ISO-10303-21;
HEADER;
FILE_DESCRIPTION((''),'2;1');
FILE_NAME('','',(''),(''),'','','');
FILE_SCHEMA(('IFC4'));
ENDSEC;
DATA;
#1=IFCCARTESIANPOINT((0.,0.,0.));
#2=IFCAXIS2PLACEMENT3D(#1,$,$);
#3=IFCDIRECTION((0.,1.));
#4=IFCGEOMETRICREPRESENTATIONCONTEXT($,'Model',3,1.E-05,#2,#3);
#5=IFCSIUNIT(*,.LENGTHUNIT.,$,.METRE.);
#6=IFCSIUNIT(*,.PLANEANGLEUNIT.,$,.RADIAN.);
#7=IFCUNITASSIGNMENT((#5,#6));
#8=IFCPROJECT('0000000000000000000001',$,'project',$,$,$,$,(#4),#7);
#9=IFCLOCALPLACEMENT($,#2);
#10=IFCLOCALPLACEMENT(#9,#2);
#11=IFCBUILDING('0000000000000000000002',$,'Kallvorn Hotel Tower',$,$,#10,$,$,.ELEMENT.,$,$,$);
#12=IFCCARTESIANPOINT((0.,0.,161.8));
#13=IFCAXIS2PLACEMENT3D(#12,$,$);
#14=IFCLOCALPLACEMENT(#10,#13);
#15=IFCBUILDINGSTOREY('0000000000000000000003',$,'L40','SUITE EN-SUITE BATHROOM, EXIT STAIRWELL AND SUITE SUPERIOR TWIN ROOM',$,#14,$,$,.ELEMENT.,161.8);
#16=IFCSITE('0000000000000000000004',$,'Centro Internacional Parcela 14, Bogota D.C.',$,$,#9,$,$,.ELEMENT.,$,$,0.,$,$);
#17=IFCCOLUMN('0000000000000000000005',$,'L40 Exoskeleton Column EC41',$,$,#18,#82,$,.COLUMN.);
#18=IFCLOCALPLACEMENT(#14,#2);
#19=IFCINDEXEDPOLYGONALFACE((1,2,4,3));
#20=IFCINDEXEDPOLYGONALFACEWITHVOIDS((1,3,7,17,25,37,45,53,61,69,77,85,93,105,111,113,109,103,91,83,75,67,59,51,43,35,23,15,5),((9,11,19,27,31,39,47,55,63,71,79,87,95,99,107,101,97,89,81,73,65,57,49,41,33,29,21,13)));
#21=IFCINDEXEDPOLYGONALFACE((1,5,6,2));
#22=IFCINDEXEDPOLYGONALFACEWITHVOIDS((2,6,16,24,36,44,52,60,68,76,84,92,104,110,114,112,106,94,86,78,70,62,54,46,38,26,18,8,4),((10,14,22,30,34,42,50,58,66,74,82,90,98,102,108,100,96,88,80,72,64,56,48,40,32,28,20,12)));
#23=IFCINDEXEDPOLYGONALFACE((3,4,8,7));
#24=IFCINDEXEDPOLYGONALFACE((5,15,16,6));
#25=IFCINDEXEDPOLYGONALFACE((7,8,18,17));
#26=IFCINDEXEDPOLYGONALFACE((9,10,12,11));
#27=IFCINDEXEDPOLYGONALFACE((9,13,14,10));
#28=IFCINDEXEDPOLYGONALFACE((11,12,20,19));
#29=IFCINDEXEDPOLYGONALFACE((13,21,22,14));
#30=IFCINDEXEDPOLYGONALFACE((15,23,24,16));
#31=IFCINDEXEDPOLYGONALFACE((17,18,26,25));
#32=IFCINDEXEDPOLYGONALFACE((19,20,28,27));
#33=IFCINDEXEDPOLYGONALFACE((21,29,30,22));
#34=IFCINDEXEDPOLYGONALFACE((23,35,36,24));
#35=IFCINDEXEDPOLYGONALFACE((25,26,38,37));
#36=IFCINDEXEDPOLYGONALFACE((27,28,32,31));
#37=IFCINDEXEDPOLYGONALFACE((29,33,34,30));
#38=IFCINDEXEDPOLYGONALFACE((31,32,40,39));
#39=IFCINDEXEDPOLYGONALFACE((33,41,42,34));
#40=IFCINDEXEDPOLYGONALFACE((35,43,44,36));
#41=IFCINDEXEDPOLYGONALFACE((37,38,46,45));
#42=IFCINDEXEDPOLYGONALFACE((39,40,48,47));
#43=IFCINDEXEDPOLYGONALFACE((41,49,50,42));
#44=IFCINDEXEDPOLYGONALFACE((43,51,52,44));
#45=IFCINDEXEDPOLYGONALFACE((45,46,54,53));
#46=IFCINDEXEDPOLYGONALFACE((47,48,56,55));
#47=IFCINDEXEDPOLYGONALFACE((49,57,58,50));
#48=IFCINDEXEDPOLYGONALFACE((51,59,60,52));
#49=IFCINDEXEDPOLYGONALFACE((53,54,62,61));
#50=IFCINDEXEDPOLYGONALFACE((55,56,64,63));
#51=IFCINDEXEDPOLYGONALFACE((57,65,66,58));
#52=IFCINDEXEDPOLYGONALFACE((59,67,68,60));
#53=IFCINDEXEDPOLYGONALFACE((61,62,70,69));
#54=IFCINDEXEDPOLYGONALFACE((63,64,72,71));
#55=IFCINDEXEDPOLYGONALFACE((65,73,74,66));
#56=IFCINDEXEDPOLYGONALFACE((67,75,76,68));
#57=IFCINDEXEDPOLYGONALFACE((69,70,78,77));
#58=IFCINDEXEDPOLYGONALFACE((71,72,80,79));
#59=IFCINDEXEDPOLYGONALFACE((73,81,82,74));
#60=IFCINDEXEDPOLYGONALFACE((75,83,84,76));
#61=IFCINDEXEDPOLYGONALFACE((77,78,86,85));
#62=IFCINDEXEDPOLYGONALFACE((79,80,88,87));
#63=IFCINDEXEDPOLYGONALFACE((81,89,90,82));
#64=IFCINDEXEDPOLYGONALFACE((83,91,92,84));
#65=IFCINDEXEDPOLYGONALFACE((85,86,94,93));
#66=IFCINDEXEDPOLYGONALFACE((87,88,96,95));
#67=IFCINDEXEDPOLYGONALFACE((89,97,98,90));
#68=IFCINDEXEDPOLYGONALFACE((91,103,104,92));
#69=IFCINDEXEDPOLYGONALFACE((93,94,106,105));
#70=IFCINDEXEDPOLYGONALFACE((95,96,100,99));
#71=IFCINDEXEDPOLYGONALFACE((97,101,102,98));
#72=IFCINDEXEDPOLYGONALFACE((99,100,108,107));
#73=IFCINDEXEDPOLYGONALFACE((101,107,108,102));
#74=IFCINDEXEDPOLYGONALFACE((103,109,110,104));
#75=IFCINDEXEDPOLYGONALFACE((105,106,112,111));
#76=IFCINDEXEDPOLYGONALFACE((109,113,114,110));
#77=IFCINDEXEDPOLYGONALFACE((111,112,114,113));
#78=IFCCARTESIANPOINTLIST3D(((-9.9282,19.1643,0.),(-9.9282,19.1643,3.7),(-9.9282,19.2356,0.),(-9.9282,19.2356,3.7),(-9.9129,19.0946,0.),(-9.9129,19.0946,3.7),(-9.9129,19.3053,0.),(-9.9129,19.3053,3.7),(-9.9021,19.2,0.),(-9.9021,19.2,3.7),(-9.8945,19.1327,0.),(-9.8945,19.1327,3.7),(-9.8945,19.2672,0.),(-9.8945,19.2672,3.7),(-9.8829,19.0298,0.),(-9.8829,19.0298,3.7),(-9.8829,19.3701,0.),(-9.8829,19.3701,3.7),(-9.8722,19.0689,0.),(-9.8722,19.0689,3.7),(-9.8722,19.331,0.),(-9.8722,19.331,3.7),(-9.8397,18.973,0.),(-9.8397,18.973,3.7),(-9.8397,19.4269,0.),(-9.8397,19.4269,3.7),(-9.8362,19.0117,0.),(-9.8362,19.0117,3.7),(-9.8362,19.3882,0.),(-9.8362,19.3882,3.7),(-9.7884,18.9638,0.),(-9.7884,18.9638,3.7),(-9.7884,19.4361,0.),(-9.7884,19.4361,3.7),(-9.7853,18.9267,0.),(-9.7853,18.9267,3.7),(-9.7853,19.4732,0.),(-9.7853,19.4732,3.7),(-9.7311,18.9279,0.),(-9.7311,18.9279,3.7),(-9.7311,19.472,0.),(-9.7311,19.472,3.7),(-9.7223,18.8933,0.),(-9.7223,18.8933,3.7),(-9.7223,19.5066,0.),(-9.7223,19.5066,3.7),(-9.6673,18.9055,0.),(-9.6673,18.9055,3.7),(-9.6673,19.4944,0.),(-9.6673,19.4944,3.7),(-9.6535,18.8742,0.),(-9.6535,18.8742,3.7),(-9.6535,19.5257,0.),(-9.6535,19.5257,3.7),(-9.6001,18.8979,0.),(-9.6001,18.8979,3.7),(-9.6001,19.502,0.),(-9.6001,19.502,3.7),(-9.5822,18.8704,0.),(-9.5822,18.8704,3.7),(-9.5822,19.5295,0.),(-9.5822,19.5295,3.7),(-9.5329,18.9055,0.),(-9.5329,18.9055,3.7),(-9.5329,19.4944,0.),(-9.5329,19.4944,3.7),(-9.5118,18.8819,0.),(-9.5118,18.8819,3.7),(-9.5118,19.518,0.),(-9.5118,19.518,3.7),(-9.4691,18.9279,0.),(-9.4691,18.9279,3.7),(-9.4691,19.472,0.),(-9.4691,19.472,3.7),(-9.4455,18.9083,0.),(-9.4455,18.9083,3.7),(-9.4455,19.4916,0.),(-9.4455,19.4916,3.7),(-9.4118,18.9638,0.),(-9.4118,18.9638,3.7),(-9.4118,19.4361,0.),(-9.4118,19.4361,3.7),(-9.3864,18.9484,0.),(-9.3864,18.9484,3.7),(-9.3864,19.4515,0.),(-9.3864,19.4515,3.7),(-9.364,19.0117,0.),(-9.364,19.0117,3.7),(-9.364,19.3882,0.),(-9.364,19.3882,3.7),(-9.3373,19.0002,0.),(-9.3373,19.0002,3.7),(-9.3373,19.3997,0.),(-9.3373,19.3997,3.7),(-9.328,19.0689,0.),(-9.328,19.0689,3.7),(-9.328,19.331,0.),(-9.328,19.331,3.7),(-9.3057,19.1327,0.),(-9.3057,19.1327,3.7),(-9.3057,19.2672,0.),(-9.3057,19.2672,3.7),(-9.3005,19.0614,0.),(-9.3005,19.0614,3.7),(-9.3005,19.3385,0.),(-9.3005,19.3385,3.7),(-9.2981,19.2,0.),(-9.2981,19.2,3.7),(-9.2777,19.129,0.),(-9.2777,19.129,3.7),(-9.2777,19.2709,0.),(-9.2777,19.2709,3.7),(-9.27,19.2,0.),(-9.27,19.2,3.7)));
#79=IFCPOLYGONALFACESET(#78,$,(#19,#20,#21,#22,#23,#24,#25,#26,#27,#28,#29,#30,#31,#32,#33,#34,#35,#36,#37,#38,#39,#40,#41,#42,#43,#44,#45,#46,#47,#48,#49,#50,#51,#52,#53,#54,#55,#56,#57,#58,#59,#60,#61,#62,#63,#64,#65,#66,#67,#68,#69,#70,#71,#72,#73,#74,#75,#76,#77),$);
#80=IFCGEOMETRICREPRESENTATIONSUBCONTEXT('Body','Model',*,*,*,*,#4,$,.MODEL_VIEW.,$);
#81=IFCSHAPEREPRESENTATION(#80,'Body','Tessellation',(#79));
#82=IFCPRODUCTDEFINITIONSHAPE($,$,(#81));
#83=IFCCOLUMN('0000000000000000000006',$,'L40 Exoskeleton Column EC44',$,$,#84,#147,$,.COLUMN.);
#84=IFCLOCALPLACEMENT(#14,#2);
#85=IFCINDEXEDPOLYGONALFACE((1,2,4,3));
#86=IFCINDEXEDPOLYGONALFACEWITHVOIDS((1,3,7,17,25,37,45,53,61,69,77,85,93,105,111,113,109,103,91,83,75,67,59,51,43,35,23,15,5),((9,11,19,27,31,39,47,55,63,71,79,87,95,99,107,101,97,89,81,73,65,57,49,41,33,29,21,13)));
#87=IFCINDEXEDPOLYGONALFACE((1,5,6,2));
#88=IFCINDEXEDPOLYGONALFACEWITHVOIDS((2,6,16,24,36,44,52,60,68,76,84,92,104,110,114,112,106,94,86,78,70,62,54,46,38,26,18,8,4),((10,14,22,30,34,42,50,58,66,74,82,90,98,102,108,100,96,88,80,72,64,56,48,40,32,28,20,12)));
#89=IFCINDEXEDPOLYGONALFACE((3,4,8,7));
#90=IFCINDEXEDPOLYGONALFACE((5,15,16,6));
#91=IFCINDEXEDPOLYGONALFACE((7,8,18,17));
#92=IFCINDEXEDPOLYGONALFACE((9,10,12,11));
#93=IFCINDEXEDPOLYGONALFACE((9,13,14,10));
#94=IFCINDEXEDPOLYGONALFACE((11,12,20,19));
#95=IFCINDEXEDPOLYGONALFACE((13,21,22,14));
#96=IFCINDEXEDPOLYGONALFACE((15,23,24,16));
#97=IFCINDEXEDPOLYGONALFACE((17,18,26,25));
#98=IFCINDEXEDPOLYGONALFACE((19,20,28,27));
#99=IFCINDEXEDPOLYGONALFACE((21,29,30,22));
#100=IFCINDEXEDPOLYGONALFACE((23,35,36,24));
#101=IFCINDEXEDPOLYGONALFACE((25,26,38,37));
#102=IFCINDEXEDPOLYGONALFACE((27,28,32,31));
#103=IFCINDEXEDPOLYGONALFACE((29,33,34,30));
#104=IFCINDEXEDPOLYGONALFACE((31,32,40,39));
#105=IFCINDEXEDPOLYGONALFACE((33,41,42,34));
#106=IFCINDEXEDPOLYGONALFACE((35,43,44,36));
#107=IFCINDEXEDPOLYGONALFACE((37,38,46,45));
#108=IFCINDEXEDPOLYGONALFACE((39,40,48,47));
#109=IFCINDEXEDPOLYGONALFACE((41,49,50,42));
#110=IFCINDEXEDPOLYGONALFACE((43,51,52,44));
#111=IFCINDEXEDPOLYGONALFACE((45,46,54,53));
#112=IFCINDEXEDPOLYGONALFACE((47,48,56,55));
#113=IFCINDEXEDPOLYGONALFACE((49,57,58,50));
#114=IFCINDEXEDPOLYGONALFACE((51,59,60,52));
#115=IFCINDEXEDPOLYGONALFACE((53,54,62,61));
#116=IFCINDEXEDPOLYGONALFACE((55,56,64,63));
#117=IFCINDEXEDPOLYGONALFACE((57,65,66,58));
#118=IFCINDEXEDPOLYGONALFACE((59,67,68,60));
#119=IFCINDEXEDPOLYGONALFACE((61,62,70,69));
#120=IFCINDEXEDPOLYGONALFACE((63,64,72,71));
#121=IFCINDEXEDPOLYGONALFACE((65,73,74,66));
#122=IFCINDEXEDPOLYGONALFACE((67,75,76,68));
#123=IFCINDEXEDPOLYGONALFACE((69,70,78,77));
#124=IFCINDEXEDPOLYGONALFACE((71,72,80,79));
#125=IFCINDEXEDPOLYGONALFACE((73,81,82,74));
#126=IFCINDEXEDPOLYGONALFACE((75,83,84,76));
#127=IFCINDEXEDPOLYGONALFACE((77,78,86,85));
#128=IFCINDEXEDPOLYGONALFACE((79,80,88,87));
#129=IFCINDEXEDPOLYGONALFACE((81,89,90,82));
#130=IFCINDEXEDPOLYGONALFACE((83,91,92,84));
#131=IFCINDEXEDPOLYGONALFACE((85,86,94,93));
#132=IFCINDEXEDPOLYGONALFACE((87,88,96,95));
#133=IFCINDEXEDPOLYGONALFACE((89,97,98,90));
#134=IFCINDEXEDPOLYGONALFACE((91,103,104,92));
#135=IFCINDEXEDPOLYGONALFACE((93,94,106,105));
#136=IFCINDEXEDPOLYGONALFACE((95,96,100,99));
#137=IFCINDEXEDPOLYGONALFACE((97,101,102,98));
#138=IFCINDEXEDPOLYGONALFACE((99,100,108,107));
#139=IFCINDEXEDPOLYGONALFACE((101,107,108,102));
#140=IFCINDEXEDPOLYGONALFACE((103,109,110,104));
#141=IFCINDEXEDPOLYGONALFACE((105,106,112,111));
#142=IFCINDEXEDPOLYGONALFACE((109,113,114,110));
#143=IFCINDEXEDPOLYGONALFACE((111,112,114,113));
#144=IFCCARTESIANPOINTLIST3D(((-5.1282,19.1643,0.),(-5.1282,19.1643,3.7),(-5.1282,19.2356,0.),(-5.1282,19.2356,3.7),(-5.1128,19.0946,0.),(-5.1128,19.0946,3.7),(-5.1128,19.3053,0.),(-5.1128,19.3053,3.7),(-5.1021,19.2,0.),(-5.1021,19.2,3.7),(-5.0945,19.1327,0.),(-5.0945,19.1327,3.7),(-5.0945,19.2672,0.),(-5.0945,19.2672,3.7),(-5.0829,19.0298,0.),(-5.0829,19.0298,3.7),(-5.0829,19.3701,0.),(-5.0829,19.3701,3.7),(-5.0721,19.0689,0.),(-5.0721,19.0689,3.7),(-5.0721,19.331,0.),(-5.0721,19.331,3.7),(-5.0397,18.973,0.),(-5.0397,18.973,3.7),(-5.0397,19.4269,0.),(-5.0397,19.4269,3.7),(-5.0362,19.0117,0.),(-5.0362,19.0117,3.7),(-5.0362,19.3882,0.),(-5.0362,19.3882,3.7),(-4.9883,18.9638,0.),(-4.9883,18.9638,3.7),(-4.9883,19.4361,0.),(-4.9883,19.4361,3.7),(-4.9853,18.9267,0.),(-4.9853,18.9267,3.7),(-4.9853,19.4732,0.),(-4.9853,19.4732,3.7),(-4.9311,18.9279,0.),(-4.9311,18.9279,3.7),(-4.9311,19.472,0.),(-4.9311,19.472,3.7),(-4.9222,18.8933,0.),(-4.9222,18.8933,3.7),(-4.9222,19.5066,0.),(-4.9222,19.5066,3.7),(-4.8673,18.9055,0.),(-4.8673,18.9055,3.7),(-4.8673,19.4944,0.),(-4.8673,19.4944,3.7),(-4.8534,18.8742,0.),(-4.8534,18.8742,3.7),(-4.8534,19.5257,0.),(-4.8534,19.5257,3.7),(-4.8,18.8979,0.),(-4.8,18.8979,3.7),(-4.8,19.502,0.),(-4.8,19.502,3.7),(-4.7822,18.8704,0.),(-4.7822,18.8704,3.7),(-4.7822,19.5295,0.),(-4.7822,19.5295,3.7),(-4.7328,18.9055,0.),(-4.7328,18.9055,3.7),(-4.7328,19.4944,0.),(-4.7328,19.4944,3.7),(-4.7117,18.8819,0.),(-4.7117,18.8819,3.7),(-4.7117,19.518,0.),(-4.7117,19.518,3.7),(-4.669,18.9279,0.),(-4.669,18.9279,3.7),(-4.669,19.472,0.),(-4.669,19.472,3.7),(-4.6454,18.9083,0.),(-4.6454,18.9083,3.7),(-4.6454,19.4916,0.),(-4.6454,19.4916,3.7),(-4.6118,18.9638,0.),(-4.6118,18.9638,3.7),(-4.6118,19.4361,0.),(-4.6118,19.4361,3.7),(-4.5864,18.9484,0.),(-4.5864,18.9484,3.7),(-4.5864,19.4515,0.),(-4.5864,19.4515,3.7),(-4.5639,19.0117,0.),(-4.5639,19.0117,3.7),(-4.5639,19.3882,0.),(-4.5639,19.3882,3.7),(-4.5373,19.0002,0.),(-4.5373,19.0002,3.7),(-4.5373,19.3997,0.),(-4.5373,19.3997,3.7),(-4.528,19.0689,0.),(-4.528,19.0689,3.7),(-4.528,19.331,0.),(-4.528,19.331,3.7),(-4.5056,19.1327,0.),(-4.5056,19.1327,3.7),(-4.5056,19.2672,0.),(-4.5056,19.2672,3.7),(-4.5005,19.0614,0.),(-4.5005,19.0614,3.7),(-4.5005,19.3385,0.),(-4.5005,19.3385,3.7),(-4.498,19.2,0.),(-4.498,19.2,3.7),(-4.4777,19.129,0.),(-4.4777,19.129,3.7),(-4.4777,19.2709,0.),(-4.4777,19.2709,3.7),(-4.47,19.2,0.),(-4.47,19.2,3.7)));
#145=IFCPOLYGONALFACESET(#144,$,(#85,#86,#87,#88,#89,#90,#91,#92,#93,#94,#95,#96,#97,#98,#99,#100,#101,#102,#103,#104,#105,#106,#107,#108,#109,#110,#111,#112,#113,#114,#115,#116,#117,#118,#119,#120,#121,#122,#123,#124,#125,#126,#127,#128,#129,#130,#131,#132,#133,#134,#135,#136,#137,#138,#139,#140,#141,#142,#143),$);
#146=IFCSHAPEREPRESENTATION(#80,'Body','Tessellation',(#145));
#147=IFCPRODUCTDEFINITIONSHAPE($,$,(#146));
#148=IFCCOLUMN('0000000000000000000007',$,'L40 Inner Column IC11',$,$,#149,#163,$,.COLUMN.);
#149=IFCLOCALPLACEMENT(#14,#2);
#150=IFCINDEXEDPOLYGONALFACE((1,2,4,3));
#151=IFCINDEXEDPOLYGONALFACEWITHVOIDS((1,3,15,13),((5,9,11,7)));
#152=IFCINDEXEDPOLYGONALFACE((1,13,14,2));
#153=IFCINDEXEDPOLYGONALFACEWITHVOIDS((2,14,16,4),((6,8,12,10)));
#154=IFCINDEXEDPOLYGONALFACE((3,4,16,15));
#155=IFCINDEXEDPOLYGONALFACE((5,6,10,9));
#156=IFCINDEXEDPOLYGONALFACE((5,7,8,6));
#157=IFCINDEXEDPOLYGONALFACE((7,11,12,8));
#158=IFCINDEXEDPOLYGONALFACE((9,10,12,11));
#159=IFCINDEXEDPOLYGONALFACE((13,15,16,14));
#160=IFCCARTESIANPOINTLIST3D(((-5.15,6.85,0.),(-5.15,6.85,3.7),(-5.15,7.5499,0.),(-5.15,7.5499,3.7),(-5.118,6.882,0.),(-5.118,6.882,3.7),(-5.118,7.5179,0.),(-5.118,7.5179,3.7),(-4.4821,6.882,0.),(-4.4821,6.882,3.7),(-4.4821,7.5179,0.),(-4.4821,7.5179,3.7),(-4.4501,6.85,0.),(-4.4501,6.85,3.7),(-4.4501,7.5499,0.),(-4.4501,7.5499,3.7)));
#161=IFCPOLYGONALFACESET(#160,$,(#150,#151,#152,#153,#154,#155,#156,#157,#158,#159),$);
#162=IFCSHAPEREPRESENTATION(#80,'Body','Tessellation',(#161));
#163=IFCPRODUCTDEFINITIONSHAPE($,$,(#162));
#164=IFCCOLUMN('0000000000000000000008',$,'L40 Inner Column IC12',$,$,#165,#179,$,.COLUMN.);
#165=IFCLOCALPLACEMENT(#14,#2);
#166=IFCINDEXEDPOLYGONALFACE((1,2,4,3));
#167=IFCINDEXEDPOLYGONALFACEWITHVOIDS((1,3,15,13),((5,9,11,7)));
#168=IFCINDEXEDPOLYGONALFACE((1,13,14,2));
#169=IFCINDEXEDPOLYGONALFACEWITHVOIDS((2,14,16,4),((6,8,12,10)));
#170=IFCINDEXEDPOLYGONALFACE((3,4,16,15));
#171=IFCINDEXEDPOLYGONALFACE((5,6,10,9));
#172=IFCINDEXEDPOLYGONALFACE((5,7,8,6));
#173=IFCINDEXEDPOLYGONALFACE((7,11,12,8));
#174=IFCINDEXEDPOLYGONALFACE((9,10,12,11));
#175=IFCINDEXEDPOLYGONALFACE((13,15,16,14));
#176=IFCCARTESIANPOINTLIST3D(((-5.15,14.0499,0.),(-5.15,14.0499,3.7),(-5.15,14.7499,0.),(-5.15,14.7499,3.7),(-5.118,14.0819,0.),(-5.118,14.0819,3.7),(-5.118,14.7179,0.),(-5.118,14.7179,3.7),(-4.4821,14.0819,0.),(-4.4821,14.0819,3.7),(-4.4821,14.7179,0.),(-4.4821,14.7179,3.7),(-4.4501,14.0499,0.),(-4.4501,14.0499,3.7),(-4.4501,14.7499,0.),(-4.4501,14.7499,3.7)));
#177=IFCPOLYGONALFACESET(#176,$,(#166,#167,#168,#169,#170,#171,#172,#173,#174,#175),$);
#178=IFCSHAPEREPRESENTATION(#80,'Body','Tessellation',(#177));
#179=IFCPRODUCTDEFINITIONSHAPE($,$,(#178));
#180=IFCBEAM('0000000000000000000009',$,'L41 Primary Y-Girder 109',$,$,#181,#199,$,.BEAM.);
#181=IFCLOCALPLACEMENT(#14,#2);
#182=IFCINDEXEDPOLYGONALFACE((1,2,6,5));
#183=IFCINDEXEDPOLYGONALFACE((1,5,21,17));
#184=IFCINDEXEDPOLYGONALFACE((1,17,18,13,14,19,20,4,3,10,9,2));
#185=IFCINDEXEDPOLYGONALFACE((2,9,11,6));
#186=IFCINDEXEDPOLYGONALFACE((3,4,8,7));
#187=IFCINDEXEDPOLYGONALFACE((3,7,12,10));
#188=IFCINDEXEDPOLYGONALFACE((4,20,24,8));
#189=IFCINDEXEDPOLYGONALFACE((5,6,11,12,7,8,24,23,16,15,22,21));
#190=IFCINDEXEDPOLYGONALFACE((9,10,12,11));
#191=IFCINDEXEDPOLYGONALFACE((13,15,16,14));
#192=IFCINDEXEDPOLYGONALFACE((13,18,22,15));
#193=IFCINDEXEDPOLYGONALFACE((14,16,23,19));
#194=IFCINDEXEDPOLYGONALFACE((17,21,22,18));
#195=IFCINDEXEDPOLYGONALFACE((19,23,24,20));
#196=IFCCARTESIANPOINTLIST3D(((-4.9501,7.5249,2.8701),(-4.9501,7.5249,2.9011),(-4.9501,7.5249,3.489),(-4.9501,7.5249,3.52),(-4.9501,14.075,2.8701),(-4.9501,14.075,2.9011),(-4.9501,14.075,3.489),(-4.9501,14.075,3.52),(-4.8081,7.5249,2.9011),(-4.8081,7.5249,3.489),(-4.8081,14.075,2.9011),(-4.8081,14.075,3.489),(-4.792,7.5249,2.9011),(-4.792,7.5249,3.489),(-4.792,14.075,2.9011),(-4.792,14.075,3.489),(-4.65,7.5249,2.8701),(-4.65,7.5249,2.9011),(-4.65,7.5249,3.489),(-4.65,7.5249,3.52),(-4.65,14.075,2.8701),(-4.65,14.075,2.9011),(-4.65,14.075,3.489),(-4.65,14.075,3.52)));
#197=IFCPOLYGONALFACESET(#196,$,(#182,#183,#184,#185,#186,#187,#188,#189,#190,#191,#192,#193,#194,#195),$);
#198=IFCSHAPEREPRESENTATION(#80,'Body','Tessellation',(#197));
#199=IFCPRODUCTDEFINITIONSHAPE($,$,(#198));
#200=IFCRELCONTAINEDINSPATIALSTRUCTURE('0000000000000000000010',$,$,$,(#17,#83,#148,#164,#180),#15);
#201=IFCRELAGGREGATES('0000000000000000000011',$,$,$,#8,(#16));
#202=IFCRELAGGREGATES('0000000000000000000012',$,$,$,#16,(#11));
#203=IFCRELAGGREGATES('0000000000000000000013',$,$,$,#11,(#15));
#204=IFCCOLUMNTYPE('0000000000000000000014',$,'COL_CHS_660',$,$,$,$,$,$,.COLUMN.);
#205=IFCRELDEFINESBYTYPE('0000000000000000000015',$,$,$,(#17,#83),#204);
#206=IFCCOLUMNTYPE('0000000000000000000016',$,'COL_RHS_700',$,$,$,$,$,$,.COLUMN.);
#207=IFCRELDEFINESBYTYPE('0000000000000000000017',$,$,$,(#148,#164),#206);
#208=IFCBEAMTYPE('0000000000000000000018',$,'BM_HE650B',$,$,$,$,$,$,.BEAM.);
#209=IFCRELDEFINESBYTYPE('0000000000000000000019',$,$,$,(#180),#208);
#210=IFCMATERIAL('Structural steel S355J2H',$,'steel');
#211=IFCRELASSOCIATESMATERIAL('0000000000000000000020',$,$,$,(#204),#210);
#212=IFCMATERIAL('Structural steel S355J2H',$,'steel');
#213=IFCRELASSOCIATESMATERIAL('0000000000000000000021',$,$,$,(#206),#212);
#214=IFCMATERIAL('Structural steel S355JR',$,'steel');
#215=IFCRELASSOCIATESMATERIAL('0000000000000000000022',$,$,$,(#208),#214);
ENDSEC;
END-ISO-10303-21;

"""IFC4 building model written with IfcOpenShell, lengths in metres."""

from ifc_helpers import new_model, si_unit, direction, frame, origin, origin_2d, place, context, subcontext, project, spatial, hollow_rectangle, hollow_circle, i_section, extrude, material, material_profile, profile_set, type_object, element, save


model = new_model("IFC4")

# Units and contexts
model_context = context("Model", 3, precision=1e-05, world=origin(), true_north=direction((0.0, 1.0)))
body_context = subcontext(model_context, "Body", "Model", "MODEL_VIEW")
ifc_project = project(units=[si_unit("LENGTHUNIT", "METRE"), si_unit("PLANEANGLEUNIT", "RADIAN")], contexts=[model_context])

# Site, building, storey
site_placement = place(None, origin())
site = spatial("IfcSite", under=ifc_project, at=site_placement, Name="Centro Internacional Parcela 14, Bogota D.C.", CompositionType="ELEMENT", RefElevation=0.0)
building_placement = place(site_placement, origin())
building = spatial("IfcBuilding", under=site, at=building_placement, Name="Kallvorn Hotel Tower", CompositionType="ELEMENT")
storey_placement = place(building_placement, frame((0.0, 0.0, 161.8)))
storey = spatial("IfcBuildingStorey", under=building, at=storey_placement, Name="L40", Description="SUITE EN-SUITE BATHROOM, EXIT STAIRWELL AND SUITE SUPERIOR TWIN ROOM", CompositionType="ELEMENT", Elevation=161.8)

# Columns
ifc_material_1 = material(Name="Structural steel S355J2H", Category="steel")
ifc_material_profile_1 = material_profile(ifc_material_1, hollow_circle(Radius=0.3301, WallThickness=0.0281, at=origin_2d()), Name="CHS 660x28")
ifc_profile_set_1 = profile_set([ifc_material_profile_1], Name="Structural steel S355J2H")
column_type_1 = type_object("IfcColumnType", Name="COL_CHS_660", PredefinedType="COLUMN", material=ifc_profile_set_1)
for number, where, z_axis, x_axis, name in (
    (1, (-9.6001, 19.2, 0.0), (0.0, 0.0, 1.0), (1.0, 0.0, 0.0), "L40 Exoskeleton Column EC41"),
    (2, (-4.8, 19.2, 0.0), (0.0, 0.0, 1.0), (1.0, 0.0, 0.0), "L40 Exoskeleton Column EC44"),
):
    element("IfcColumn", number, at=place(storey_placement, frame(where, z_axis=z_axis, x_axis=x_axis)), inside=storey, type_object=column_type_1, Name=name, PredefinedType="COLUMN", context=body_context, shape_type="SweptSolid", body=[
        extrude(hollow_circle(Radius=0.3301, WallThickness=0.0281, at=origin_2d()), origin(), (0.0, 0.0, 1.0), 3.7),
    ])
ifc_material_2 = material(Name="Structural steel S355J2H", Category="steel")
ifc_material_profile_2 = material_profile(ifc_material_2, hollow_rectangle(XDim=0.7, YDim=0.7, WallThickness=0.032, at=origin_2d()), Name="RHS 700x700x32")
ifc_profile_set_2 = profile_set([ifc_material_profile_2], Name="Structural steel S355J2H")
column_type_2 = type_object("IfcColumnType", Name="COL_RHS_700", PredefinedType="COLUMN", material=ifc_profile_set_2)
for number, where, z_axis, x_axis, name in (
    (3, (-4.8, 7.2, 0.0), (0.0, 0.0, 1.0), (1.0, 0.0, 0.0), "L40 Inner Column IC11"),
    (4, (-4.8, 14.3999, 0.0), (0.0, 0.0, 1.0), (1.0, 0.0, 0.0), "L40 Inner Column IC12"),
):
    element("IfcColumn", number, at=place(storey_placement, frame(where, z_axis=z_axis, x_axis=x_axis)), inside=storey, type_object=column_type_2, Name=name, PredefinedType="COLUMN", context=body_context, shape_type="SweptSolid", body=[
        extrude(hollow_rectangle(XDim=0.7, YDim=0.7, WallThickness=0.032, at=origin_2d()), origin(), (0.0, 0.0, 1.0), 3.7),
    ])

# Beam
ifc_material_3 = material(Name="Structural steel S355JR", Category="steel")
ifc_material_profile_3 = material_profile(ifc_material_3, i_section(OverallWidth=0.3, OverallDepth=0.6499, WebThickness=0.0161, FlangeThickness=0.031, at=origin_2d()), Name="HE 650 B")
ifc_profile_set_3 = profile_set([ifc_material_profile_3], Name="Structural steel S355JR")
beam_type_1 = type_object("IfcBeamType", Name="BM_HE650B", PredefinedType="BEAM", material=ifc_profile_set_3)
beam_1_placement = place(storey_placement, frame((-4.8, 7.5249, 3.1951), z_axis=(0.0, 1.0, 0.0), x_axis=(-1.0, 0.0, 0.0)))
element("IfcBeam", 5, at=beam_1_placement, inside=storey, type_object=beam_type_1, Name="L41 Primary Y-Girder 109", PredefinedType="BEAM", context=body_context, shape_type="SweptSolid", body=[
    extrude(i_section(OverallWidth=0.3, OverallDepth=0.6499, WebThickness=0.0161, FlangeThickness=0.031, at=origin_2d()), origin(), (0.0, 0.0, 1.0), 6.55),
])

save(model, "model.ifc")
